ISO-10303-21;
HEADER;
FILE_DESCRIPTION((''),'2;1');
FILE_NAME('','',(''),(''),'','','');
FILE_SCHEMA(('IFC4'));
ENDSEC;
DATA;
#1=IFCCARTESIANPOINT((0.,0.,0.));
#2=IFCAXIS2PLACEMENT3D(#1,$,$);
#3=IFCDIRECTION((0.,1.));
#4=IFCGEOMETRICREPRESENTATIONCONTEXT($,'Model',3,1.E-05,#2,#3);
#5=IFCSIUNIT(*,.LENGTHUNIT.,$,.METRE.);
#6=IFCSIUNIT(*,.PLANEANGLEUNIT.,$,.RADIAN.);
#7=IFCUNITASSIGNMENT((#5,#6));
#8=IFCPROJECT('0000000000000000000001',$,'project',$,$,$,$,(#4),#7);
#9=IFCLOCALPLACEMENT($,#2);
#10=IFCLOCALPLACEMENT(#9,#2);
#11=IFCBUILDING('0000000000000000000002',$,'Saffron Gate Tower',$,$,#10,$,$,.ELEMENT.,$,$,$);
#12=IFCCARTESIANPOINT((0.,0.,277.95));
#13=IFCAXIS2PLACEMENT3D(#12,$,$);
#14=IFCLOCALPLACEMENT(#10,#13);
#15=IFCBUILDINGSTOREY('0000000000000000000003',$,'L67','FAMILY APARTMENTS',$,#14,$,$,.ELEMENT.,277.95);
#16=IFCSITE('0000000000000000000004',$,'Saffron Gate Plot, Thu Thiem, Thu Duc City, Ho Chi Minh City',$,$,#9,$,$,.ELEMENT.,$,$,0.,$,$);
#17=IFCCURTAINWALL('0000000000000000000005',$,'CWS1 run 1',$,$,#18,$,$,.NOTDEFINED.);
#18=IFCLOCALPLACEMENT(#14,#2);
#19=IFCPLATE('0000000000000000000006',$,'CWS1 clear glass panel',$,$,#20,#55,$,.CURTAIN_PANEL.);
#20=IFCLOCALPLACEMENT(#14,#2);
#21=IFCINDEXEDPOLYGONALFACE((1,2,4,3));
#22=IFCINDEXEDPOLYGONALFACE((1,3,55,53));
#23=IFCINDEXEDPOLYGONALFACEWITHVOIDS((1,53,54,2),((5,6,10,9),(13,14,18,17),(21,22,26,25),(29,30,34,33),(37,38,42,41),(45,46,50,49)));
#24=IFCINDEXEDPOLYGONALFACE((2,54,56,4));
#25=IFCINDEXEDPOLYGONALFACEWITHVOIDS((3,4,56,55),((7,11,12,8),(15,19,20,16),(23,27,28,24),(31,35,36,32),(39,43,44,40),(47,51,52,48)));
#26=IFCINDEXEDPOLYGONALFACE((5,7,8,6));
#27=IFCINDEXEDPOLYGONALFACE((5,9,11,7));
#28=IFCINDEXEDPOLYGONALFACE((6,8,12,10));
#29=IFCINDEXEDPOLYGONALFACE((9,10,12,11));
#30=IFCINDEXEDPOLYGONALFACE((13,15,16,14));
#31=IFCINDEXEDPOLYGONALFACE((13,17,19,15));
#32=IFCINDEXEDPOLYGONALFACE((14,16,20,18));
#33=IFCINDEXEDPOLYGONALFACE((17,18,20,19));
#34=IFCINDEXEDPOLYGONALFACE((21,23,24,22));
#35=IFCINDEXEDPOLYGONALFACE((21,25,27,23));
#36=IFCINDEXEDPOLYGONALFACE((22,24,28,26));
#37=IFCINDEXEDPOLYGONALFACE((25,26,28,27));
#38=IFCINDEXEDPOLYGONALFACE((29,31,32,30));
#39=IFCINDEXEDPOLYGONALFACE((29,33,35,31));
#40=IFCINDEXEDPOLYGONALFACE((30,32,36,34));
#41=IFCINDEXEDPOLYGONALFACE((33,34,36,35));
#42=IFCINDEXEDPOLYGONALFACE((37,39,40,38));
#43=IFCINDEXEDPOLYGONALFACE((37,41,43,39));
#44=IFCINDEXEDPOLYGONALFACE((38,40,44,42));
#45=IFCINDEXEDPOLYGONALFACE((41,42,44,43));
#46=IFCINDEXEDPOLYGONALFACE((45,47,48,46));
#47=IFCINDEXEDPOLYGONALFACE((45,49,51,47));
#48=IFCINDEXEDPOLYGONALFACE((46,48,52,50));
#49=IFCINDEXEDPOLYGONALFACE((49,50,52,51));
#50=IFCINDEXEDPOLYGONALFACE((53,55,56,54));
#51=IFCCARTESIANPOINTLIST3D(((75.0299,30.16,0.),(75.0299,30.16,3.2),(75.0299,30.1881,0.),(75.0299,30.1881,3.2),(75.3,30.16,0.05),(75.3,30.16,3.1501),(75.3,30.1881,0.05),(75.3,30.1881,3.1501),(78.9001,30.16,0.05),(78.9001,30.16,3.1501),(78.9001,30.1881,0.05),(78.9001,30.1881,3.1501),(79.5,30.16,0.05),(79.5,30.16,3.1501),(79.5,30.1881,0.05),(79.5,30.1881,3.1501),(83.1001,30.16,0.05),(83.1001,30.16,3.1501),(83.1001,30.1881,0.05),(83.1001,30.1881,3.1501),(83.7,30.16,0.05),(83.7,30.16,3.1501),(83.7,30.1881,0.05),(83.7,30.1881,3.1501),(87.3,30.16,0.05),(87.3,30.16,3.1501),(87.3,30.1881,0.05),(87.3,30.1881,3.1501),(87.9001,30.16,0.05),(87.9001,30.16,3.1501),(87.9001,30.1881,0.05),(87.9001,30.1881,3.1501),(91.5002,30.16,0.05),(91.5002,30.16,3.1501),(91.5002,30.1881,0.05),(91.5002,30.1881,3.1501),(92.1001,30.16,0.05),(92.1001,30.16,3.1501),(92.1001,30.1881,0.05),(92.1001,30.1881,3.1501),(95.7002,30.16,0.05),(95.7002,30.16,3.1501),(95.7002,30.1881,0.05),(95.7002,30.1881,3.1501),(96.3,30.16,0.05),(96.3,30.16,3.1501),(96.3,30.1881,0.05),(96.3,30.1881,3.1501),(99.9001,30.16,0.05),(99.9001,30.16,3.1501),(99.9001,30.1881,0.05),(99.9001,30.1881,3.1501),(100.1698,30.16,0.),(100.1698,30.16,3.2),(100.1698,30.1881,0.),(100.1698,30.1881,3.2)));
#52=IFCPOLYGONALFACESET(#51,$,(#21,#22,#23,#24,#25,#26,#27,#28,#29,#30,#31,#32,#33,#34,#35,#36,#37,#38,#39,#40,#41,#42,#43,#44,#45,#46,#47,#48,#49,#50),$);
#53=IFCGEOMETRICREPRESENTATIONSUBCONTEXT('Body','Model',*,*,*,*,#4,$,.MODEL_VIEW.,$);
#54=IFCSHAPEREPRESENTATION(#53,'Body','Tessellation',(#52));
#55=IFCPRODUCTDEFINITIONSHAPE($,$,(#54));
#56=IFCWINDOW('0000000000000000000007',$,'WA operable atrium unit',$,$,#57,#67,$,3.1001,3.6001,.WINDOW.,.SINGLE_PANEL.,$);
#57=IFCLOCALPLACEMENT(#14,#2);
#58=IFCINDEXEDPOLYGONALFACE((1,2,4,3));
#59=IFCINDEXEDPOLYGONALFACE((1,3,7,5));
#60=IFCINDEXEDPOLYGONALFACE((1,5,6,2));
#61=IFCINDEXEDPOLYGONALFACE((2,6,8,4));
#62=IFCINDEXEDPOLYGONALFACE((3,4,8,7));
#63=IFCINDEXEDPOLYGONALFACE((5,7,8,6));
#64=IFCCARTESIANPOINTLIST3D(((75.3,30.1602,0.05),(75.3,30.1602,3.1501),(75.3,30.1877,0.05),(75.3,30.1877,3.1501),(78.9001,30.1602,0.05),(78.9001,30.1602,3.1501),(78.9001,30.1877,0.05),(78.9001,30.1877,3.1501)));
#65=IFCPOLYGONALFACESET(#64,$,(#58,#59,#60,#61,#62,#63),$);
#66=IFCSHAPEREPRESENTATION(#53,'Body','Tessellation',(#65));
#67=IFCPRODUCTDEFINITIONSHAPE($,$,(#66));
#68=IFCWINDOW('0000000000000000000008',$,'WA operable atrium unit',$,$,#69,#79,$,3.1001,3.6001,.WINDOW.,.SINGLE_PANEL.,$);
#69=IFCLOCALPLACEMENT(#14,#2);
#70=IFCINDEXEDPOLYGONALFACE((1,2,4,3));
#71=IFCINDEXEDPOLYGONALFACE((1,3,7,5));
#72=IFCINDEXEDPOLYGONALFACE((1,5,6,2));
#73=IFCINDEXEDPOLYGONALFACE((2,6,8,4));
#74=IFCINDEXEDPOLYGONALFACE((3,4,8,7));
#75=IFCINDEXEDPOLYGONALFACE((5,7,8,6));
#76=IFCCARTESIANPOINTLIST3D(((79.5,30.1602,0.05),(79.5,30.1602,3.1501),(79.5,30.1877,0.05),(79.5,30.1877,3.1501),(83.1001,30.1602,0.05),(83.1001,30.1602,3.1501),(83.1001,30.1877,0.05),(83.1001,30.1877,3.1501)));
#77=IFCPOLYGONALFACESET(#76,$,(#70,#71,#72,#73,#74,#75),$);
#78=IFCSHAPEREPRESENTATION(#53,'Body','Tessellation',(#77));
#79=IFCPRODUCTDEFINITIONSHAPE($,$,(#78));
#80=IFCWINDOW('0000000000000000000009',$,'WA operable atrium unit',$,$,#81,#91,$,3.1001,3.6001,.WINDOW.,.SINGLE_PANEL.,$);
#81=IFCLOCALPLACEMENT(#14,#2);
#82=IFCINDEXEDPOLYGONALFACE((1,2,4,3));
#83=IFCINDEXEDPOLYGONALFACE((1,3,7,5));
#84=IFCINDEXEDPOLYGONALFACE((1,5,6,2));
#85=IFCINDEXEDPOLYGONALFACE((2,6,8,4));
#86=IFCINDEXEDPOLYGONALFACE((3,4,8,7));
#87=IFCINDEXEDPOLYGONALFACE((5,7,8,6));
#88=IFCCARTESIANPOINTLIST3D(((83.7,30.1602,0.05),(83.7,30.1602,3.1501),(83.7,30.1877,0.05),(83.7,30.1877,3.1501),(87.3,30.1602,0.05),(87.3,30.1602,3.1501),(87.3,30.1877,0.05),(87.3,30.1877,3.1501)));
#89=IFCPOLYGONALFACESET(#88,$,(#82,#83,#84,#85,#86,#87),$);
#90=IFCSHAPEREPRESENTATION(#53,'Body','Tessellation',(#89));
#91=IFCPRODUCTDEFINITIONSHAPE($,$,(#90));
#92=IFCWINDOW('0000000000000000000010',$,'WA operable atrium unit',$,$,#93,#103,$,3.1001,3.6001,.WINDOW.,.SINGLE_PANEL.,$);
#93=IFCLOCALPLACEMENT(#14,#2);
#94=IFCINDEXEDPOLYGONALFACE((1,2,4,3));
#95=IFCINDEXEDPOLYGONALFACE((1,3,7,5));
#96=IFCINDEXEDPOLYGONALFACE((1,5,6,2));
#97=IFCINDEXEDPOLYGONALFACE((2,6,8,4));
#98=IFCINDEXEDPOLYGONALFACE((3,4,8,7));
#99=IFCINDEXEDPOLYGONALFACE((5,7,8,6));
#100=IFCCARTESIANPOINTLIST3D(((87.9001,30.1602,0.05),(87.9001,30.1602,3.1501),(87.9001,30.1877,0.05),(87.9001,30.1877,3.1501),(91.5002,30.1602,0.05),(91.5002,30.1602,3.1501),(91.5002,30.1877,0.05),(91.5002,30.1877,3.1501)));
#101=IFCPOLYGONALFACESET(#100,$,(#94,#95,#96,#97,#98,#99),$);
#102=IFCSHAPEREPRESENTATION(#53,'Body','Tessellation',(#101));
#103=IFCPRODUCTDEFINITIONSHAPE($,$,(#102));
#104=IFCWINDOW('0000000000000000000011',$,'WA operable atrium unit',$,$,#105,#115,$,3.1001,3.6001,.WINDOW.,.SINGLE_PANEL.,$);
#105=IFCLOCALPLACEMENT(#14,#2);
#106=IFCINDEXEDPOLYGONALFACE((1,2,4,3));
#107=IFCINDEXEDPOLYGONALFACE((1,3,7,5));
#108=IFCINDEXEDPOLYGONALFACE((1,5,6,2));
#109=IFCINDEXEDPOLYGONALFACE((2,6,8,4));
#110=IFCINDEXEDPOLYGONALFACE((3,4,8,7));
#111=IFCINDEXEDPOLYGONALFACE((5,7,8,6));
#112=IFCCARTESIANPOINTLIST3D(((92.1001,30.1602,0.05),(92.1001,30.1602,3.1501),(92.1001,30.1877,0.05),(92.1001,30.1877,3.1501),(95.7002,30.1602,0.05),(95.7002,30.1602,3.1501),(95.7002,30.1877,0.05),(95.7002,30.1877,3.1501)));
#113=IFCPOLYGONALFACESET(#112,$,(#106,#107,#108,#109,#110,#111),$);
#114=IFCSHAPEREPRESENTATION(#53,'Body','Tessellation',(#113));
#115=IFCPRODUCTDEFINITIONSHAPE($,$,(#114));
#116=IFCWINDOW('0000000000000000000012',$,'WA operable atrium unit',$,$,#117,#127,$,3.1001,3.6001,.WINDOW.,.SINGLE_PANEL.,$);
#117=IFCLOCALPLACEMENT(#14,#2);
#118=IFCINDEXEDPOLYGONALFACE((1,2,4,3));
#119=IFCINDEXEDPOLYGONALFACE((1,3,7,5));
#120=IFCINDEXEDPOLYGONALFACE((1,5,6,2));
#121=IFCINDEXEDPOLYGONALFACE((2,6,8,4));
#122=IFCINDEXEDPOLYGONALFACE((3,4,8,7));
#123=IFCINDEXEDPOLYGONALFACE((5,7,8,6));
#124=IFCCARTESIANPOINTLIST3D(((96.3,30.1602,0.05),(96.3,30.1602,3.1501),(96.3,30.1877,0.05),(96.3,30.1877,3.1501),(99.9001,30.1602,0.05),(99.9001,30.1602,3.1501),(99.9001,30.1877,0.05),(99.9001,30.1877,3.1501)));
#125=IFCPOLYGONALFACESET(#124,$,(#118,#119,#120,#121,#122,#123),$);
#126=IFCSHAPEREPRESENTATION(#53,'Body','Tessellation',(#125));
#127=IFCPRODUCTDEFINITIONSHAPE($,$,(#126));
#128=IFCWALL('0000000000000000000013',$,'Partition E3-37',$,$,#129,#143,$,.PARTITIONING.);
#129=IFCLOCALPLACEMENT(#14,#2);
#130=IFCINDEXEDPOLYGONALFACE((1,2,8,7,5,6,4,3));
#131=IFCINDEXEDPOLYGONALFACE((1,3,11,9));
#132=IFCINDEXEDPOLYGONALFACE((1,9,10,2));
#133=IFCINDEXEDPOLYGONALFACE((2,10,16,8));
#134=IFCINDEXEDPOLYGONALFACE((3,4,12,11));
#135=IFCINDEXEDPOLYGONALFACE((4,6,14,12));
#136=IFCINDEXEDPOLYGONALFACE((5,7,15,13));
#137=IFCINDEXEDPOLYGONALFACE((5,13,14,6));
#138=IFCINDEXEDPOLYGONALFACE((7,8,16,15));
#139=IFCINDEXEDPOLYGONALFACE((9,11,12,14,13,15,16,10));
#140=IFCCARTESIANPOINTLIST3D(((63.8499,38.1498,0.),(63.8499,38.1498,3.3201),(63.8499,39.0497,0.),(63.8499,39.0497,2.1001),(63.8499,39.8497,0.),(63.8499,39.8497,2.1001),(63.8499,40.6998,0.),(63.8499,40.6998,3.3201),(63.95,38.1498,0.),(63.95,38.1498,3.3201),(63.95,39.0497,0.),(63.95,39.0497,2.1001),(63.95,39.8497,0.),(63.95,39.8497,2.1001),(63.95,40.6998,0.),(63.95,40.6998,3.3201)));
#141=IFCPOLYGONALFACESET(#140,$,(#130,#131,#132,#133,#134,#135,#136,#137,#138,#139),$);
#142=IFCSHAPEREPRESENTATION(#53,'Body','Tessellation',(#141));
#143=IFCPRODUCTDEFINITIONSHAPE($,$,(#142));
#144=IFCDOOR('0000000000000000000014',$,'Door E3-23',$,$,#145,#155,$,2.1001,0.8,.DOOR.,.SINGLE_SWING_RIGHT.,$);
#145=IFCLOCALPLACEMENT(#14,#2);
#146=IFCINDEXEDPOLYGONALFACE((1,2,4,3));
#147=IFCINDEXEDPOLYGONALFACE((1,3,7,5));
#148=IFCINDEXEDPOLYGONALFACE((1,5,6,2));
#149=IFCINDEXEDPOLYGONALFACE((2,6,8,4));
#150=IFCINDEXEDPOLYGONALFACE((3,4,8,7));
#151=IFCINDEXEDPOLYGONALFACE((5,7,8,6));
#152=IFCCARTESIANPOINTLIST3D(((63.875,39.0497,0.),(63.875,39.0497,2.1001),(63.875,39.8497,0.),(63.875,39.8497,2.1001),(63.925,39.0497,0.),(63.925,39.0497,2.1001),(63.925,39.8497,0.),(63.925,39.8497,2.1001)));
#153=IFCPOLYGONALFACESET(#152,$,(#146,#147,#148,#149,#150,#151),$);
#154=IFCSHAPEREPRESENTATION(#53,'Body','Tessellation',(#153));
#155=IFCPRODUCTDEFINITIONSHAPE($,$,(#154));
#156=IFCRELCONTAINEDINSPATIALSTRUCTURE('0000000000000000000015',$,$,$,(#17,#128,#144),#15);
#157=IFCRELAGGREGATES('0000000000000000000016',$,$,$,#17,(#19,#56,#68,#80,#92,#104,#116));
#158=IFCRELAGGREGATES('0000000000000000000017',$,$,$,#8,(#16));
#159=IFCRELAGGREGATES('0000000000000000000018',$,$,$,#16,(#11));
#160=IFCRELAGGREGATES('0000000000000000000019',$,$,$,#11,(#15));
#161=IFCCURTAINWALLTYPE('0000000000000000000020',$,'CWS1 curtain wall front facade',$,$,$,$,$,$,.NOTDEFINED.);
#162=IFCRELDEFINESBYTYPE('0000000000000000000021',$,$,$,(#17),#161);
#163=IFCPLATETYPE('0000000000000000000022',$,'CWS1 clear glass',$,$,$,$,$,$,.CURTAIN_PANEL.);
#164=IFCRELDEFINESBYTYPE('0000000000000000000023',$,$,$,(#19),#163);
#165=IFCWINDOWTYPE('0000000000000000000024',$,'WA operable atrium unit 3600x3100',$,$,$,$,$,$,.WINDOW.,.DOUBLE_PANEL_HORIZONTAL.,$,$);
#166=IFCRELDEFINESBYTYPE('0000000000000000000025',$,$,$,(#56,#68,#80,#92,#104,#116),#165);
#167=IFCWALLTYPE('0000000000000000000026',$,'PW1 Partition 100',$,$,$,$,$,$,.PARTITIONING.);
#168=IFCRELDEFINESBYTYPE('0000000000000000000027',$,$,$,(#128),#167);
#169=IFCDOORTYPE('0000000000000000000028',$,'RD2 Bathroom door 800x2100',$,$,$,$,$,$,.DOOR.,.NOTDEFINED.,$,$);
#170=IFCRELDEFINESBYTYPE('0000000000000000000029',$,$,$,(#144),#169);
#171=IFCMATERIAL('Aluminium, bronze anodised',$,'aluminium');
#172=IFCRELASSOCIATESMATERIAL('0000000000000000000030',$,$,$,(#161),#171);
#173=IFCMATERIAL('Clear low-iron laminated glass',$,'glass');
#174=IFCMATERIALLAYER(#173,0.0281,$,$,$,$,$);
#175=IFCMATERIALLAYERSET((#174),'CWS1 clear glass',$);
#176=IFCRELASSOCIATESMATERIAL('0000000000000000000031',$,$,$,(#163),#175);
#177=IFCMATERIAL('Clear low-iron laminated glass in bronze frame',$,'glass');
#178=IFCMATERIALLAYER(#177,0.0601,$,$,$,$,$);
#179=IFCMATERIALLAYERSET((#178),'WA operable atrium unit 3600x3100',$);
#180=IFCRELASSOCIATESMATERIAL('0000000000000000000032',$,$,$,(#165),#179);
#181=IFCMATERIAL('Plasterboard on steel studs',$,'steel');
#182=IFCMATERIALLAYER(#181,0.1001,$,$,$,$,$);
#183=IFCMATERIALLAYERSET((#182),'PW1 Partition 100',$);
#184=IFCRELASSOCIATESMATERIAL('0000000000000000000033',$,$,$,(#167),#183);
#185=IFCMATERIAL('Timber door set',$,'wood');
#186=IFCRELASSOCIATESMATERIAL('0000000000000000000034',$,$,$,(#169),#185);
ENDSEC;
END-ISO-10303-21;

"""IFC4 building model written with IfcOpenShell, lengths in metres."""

from ifc_helpers import new_model, si_unit, direction, frame, frame_2d, origin, place, context, subcontext, project, spatial, rectangle, extrude, material, layer, layer_set, type_object, element, fill, aggregate, save


model = new_model("IFC4")

# Units and contexts
model_context = context("Model", 3, precision=1e-05, world=origin(), true_north=direction((0.0, 1.0)))
body_context = subcontext(model_context, "Body", "Model", "MODEL_VIEW")
ifc_project = project(units=[si_unit("LENGTHUNIT", "METRE"), si_unit("PLANEANGLEUNIT", "RADIAN")], contexts=[model_context])

# Site, building, storey
site_placement = place(None, origin())
site = spatial("IfcSite", under=ifc_project, at=site_placement, Name="Saffron Gate Plot, Thu Thiem, Thu Duc City, Ho Chi Minh City", CompositionType="ELEMENT", RefElevation=0.0)
building_placement = place(site_placement, origin())
building = spatial("IfcBuilding", under=site, at=building_placement, Name="Saffron Gate Tower", CompositionType="ELEMENT")
storey_placement = place(building_placement, frame((0.0, 0.0, 277.95)))
storey = spatial("IfcBuildingStorey", under=building, at=storey_placement, Name="L67", Description="FAMILY APARTMENTS", CompositionType="ELEMENT", Elevation=277.95)

# Curtain wall, plate, openings, windows
ifc_material_1 = material(Name="Aluminium, bronze anodised", Category="aluminium")
curtain_wall_type = type_object("IfcCurtainWallType", Name="CWS1 curtain wall front facade", PredefinedType="NOTDEFINED", material=ifc_material_1)
curtain_wall_placement = place(storey_placement, origin())
curtain_wall = element("IfcCurtainWall", 1, at=curtain_wall_placement, inside=storey, type_object=curtain_wall_type, Name="CWS1 run 1", PredefinedType="NOTDEFINED")
ifc_material_2 = material(Name="Clear low-iron laminated glass", Category="glass")
ifc_layer_1 = layer(ifc_material_2, 0.0281)
ifc_layer_set_1 = layer_set([ifc_layer_1], Name="CWS1 clear glass")
plate_type = type_object("IfcPlateType", Name="CWS1 clear glass", PredefinedType="CURTAIN_PANEL", material=ifc_layer_set_1)
plate_placement = place(storey_placement, frame((75.03, 30.1741, 0.0), z_axis=(0.0, 0.0, 1.0), x_axis=(1.0, 0.0, 0.0)))
plate = element("IfcPlate", 2, at=plate_placement, type_object=plate_type, Name="CWS1 clear glass panel", PredefinedType="CURTAIN_PANEL", context=body_context, shape_type="SweptSolid", body=[
    extrude(rectangle(XDim=25.1399, YDim=0.0281, at=frame_2d((12.5698, 0.0))), origin(), (0.0, 0.0, 1.0), 3.2),
])
opening_1_placement = place(plate_placement, frame((0.27, 0.0, 0.05)))
opening_1 = element("IfcOpeningElement", 3, at=opening_1_placement, cuts=plate, PredefinedType="OPENING", context=body_context, shape_type="SweptSolid", body=[
    extrude(rectangle(XDim=3.6001, YDim=3.1001, at=frame_2d((1.8, 1.55))), frame((0.0, 0.0239, 0.0), z_axis=(0.0, -1.0, 0.0), x_axis=(1.0, 0.0, 0.0)), (0.0, 0.0, 1.0), 0.0481),
])
opening_2_placement = place(plate_placement, frame((4.47, 0.0, 0.05)))
opening_2 = element("IfcOpeningElement", 4, at=opening_2_placement, cuts=plate, PredefinedType="OPENING", context=body_context, shape_type="SweptSolid", body=[
    extrude(rectangle(XDim=3.6001, YDim=3.1001, at=frame_2d((1.8, 1.55))), frame((0.0, 0.0239, 0.0), z_axis=(0.0, -1.0, 0.0), x_axis=(1.0, 0.0, 0.0)), (0.0, 0.0, 1.0), 0.0481),
])
opening_3_placement = place(plate_placement, frame((8.6699, 0.0, 0.05)))
opening_3 = element("IfcOpeningElement", 5, at=opening_3_placement, cuts=plate, PredefinedType="OPENING", context=body_context, shape_type="SweptSolid", body=[
    extrude(rectangle(XDim=3.6001, YDim=3.1001, at=frame_2d((1.8, 1.55))), frame((0.0, 0.0239, 0.0), z_axis=(0.0, -1.0, 0.0), x_axis=(1.0, 0.0, 0.0)), (0.0, 0.0, 1.0), 0.0481),
])
opening_4_placement = place(plate_placement, frame((12.8701, 0.0, 0.05)))
opening_4 = element("IfcOpeningElement", 6, at=opening_4_placement, cuts=plate, PredefinedType="OPENING", context=body_context, shape_type="SweptSolid", body=[
    extrude(rectangle(XDim=3.6001, YDim=3.1001, at=frame_2d((1.8, 1.55))), frame((0.0, 0.0239, 0.0), z_axis=(0.0, -1.0, 0.0), x_axis=(1.0, 0.0, 0.0)), (0.0, 0.0, 1.0), 0.0481),
])
opening_5_placement = place(plate_placement, frame((17.0701, 0.0, 0.05)))
opening_5 = element("IfcOpeningElement", 7, at=opening_5_placement, cuts=plate, PredefinedType="OPENING", context=body_context, shape_type="SweptSolid", body=[
    extrude(rectangle(XDim=3.6001, YDim=3.1001, at=frame_2d((1.8, 1.55))), frame((0.0, 0.0239, 0.0), z_axis=(0.0, -1.0, 0.0), x_axis=(1.0, 0.0, 0.0)), (0.0, 0.0, 1.0), 0.0481),
])
opening_6_placement = place(plate_placement, frame((21.27, 0.0, 0.05)))
opening_6 = element("IfcOpeningElement", 8, at=opening_6_placement, cuts=plate, PredefinedType="OPENING", context=body_context, shape_type="SweptSolid", body=[
    extrude(rectangle(XDim=3.6001, YDim=3.1001, at=frame_2d((1.8, 1.55))), frame((0.0, 0.0239, 0.0), z_axis=(0.0, -1.0, 0.0), x_axis=(1.0, 0.0, 0.0)), (0.0, 0.0, 1.0), 0.0481),
])
ifc_material_3 = material(Name="Clear low-iron laminated glass in bronze frame", Category="glass")
ifc_layer_2 = layer(ifc_material_3, 0.0601)
ifc_layer_set_2 = layer_set([ifc_layer_2], Name="WA operable atrium unit 3600x3100")
window_type = type_object("IfcWindowType", Name="WA operable atrium unit 3600x3100", PartitioningType="DOUBLE_PANEL_HORIZONTAL", PredefinedType="WINDOW", material=ifc_layer_set_2)
window_1_placement = place(opening_1_placement, origin())
window_1 = element("IfcWindow", 9, at=window_1_placement, type_object=window_type, Name="WA operable atrium unit", OverallHeight=3.1001, OverallWidth=3.6001, PartitioningType="SINGLE_PANEL", PredefinedType="WINDOW", context=body_context, shape_type="SweptSolid", body=[
    extrude(rectangle(XDim=3.6001, YDim=3.1001, at=frame_2d((1.8, 1.55))), frame((0.0, 0.0137, 0.0), z_axis=(0.0, -1.0, 0.0), x_axis=(1.0, 0.0, 0.0)), (0.0, 0.0, 1.0), 0.0276),
])
fill(opening_1, window_1)
window_2_placement = place(opening_2_placement, origin())
window_2 = element("IfcWindow", 10, at=window_2_placement, type_object=window_type, Name="WA operable atrium unit", OverallHeight=3.1001, OverallWidth=3.6001, PartitioningType="SINGLE_PANEL", PredefinedType="WINDOW", context=body_context, shape_type="SweptSolid", body=[
    extrude(rectangle(XDim=3.6001, YDim=3.1001, at=frame_2d((1.8, 1.55))), frame((0.0, 0.0137, 0.0), z_axis=(0.0, -1.0, 0.0), x_axis=(1.0, 0.0, 0.0)), (0.0, 0.0, 1.0), 0.0276),
])
fill(opening_2, window_2)
window_3_placement = place(opening_3_placement, origin())
window_3 = element("IfcWindow", 11, at=window_3_placement, type_object=window_type, Name="WA operable atrium unit", OverallHeight=3.1001, OverallWidth=3.6001, PartitioningType="SINGLE_PANEL", PredefinedType="WINDOW", context=body_context, shape_type="SweptSolid", body=[
    extrude(rectangle(XDim=3.6001, YDim=3.1001, at=frame_2d((1.8, 1.55))), frame((0.0, 0.0137, 0.0), z_axis=(0.0, -1.0, 0.0), x_axis=(1.0, 0.0, 0.0)), (0.0, 0.0, 1.0), 0.0276),
])
fill(opening_3, window_3)
window_4_placement = place(opening_4_placement, origin())
window_4 = element("IfcWindow", 12, at=window_4_placement, type_object=window_type, Name="WA operable atrium unit", OverallHeight=3.1001, OverallWidth=3.6001, PartitioningType="SINGLE_PANEL", PredefinedType="WINDOW", context=body_context, shape_type="SweptSolid", body=[
    extrude(rectangle(XDim=3.6001, YDim=3.1001, at=frame_2d((1.8, 1.55))), frame((0.0, 0.0137, 0.0), z_axis=(0.0, -1.0, 0.0), x_axis=(1.0, 0.0, 0.0)), (0.0, 0.0, 1.0), 0.0276),
])
fill(opening_4, window_4)
window_5_placement = place(opening_5_placement, origin())
window_5 = element("IfcWindow", 13, at=window_5_placement, type_object=window_type, Name="WA operable atrium unit", OverallHeight=3.1001, OverallWidth=3.6001, PartitioningType="SINGLE_PANEL", PredefinedType="WINDOW", context=body_context, shape_type="SweptSolid", body=[
    extrude(rectangle(XDim=3.6001, YDim=3.1001, at=frame_2d((1.8, 1.55))), frame((0.0, 0.0137, 0.0), z_axis=(0.0, -1.0, 0.0), x_axis=(1.0, 0.0, 0.0)), (0.0, 0.0, 1.0), 0.0276),
])
fill(opening_5, window_5)
window_6_placement = place(opening_6_placement, origin())
window_6 = element("IfcWindow", 14, at=window_6_placement, type_object=window_type, Name="WA operable atrium unit", OverallHeight=3.1001, OverallWidth=3.6001, PartitioningType="SINGLE_PANEL", PredefinedType="WINDOW", context=body_context, shape_type="SweptSolid", body=[
    extrude(rectangle(XDim=3.6001, YDim=3.1001, at=frame_2d((1.8, 1.55))), frame((0.0, 0.0137, 0.0), z_axis=(0.0, -1.0, 0.0), x_axis=(1.0, 0.0, 0.0)), (0.0, 0.0, 1.0), 0.0276),
])
fill(opening_6, window_6)
aggregate(curtain_wall, [plate, window_1, window_2, window_3, window_4, window_5, window_6])

# Wall, opening, door
ifc_material_4 = material(Name="Plasterboard on steel studs", Category="steel")
ifc_layer_3 = layer(ifc_material_4, 0.1001)
ifc_layer_set_3 = layer_set([ifc_layer_3], Name="PW1 Partition 100")
wall_type_1 = type_object("IfcWallType", Name="PW1 Partition 100", PredefinedType="PARTITIONING", material=ifc_layer_set_3)
wall_1_placement = place(storey_placement, frame((63.8999, 38.1499, 0.0), z_axis=(0.0, 0.0, 1.0), x_axis=(0.0, 1.0, 0.0)))
wall_1 = element("IfcWall", 15, at=wall_1_placement, inside=storey, type_object=wall_type_1, Name="Partition E3-37", PredefinedType="PARTITIONING", context=body_context, shape_type="SweptSolid", body=[
    extrude(rectangle(XDim=2.55, YDim=0.1001, at=frame_2d((1.2749, 0.0))), origin(), (0.0, 0.0, 1.0), 3.3201),
])
opening_7_placement = place(wall_1_placement, frame((0.8999, 0.0, 0.0)))
opening_7 = element("IfcOpeningElement", 16, at=opening_7_placement, cuts=wall_1, PredefinedType="OPENING", context=body_context, shape_type="SweptSolid", body=[
    extrude(rectangle(XDim=0.8, YDim=2.1001, at=frame_2d((0.3999, 1.05))), frame((0.0, 0.0601, 0.0), z_axis=(0.0, -1.0, 0.0), x_axis=(1.0, 0.0, 0.0)), (0.0, 0.0, 1.0), 0.1201),
])
ifc_material_5 = material(Name="Timber door set", Category="wood")
door_type_1 = type_object("IfcDoorType", Name="RD2 Bathroom door 800x2100", OperationType="NOTDEFINED", PredefinedType="DOOR", material=ifc_material_5)
door_1_placement = place(opening_7_placement, origin())
door_1 = element("IfcDoor", 17, at=door_1_placement, inside=storey, type_object=door_type_1, Name="Door E3-23", OperationType="SINGLE_SWING_RIGHT", OverallHeight=2.1001, OverallWidth=0.8, PredefinedType="DOOR", context=body_context, shape_type="SweptSolid", body=[
    extrude(rectangle(XDim=0.8, YDim=2.1001, at=frame_2d((0.3999, 1.05))), frame((0.0, 0.0249, 0.0), z_axis=(0.0, -1.0, 0.0), x_axis=(1.0, 0.0, 0.0)), (0.0, 0.0, 1.0), 0.05),
])
fill(opening_7, door_1)

save(model, "model.ifc")
